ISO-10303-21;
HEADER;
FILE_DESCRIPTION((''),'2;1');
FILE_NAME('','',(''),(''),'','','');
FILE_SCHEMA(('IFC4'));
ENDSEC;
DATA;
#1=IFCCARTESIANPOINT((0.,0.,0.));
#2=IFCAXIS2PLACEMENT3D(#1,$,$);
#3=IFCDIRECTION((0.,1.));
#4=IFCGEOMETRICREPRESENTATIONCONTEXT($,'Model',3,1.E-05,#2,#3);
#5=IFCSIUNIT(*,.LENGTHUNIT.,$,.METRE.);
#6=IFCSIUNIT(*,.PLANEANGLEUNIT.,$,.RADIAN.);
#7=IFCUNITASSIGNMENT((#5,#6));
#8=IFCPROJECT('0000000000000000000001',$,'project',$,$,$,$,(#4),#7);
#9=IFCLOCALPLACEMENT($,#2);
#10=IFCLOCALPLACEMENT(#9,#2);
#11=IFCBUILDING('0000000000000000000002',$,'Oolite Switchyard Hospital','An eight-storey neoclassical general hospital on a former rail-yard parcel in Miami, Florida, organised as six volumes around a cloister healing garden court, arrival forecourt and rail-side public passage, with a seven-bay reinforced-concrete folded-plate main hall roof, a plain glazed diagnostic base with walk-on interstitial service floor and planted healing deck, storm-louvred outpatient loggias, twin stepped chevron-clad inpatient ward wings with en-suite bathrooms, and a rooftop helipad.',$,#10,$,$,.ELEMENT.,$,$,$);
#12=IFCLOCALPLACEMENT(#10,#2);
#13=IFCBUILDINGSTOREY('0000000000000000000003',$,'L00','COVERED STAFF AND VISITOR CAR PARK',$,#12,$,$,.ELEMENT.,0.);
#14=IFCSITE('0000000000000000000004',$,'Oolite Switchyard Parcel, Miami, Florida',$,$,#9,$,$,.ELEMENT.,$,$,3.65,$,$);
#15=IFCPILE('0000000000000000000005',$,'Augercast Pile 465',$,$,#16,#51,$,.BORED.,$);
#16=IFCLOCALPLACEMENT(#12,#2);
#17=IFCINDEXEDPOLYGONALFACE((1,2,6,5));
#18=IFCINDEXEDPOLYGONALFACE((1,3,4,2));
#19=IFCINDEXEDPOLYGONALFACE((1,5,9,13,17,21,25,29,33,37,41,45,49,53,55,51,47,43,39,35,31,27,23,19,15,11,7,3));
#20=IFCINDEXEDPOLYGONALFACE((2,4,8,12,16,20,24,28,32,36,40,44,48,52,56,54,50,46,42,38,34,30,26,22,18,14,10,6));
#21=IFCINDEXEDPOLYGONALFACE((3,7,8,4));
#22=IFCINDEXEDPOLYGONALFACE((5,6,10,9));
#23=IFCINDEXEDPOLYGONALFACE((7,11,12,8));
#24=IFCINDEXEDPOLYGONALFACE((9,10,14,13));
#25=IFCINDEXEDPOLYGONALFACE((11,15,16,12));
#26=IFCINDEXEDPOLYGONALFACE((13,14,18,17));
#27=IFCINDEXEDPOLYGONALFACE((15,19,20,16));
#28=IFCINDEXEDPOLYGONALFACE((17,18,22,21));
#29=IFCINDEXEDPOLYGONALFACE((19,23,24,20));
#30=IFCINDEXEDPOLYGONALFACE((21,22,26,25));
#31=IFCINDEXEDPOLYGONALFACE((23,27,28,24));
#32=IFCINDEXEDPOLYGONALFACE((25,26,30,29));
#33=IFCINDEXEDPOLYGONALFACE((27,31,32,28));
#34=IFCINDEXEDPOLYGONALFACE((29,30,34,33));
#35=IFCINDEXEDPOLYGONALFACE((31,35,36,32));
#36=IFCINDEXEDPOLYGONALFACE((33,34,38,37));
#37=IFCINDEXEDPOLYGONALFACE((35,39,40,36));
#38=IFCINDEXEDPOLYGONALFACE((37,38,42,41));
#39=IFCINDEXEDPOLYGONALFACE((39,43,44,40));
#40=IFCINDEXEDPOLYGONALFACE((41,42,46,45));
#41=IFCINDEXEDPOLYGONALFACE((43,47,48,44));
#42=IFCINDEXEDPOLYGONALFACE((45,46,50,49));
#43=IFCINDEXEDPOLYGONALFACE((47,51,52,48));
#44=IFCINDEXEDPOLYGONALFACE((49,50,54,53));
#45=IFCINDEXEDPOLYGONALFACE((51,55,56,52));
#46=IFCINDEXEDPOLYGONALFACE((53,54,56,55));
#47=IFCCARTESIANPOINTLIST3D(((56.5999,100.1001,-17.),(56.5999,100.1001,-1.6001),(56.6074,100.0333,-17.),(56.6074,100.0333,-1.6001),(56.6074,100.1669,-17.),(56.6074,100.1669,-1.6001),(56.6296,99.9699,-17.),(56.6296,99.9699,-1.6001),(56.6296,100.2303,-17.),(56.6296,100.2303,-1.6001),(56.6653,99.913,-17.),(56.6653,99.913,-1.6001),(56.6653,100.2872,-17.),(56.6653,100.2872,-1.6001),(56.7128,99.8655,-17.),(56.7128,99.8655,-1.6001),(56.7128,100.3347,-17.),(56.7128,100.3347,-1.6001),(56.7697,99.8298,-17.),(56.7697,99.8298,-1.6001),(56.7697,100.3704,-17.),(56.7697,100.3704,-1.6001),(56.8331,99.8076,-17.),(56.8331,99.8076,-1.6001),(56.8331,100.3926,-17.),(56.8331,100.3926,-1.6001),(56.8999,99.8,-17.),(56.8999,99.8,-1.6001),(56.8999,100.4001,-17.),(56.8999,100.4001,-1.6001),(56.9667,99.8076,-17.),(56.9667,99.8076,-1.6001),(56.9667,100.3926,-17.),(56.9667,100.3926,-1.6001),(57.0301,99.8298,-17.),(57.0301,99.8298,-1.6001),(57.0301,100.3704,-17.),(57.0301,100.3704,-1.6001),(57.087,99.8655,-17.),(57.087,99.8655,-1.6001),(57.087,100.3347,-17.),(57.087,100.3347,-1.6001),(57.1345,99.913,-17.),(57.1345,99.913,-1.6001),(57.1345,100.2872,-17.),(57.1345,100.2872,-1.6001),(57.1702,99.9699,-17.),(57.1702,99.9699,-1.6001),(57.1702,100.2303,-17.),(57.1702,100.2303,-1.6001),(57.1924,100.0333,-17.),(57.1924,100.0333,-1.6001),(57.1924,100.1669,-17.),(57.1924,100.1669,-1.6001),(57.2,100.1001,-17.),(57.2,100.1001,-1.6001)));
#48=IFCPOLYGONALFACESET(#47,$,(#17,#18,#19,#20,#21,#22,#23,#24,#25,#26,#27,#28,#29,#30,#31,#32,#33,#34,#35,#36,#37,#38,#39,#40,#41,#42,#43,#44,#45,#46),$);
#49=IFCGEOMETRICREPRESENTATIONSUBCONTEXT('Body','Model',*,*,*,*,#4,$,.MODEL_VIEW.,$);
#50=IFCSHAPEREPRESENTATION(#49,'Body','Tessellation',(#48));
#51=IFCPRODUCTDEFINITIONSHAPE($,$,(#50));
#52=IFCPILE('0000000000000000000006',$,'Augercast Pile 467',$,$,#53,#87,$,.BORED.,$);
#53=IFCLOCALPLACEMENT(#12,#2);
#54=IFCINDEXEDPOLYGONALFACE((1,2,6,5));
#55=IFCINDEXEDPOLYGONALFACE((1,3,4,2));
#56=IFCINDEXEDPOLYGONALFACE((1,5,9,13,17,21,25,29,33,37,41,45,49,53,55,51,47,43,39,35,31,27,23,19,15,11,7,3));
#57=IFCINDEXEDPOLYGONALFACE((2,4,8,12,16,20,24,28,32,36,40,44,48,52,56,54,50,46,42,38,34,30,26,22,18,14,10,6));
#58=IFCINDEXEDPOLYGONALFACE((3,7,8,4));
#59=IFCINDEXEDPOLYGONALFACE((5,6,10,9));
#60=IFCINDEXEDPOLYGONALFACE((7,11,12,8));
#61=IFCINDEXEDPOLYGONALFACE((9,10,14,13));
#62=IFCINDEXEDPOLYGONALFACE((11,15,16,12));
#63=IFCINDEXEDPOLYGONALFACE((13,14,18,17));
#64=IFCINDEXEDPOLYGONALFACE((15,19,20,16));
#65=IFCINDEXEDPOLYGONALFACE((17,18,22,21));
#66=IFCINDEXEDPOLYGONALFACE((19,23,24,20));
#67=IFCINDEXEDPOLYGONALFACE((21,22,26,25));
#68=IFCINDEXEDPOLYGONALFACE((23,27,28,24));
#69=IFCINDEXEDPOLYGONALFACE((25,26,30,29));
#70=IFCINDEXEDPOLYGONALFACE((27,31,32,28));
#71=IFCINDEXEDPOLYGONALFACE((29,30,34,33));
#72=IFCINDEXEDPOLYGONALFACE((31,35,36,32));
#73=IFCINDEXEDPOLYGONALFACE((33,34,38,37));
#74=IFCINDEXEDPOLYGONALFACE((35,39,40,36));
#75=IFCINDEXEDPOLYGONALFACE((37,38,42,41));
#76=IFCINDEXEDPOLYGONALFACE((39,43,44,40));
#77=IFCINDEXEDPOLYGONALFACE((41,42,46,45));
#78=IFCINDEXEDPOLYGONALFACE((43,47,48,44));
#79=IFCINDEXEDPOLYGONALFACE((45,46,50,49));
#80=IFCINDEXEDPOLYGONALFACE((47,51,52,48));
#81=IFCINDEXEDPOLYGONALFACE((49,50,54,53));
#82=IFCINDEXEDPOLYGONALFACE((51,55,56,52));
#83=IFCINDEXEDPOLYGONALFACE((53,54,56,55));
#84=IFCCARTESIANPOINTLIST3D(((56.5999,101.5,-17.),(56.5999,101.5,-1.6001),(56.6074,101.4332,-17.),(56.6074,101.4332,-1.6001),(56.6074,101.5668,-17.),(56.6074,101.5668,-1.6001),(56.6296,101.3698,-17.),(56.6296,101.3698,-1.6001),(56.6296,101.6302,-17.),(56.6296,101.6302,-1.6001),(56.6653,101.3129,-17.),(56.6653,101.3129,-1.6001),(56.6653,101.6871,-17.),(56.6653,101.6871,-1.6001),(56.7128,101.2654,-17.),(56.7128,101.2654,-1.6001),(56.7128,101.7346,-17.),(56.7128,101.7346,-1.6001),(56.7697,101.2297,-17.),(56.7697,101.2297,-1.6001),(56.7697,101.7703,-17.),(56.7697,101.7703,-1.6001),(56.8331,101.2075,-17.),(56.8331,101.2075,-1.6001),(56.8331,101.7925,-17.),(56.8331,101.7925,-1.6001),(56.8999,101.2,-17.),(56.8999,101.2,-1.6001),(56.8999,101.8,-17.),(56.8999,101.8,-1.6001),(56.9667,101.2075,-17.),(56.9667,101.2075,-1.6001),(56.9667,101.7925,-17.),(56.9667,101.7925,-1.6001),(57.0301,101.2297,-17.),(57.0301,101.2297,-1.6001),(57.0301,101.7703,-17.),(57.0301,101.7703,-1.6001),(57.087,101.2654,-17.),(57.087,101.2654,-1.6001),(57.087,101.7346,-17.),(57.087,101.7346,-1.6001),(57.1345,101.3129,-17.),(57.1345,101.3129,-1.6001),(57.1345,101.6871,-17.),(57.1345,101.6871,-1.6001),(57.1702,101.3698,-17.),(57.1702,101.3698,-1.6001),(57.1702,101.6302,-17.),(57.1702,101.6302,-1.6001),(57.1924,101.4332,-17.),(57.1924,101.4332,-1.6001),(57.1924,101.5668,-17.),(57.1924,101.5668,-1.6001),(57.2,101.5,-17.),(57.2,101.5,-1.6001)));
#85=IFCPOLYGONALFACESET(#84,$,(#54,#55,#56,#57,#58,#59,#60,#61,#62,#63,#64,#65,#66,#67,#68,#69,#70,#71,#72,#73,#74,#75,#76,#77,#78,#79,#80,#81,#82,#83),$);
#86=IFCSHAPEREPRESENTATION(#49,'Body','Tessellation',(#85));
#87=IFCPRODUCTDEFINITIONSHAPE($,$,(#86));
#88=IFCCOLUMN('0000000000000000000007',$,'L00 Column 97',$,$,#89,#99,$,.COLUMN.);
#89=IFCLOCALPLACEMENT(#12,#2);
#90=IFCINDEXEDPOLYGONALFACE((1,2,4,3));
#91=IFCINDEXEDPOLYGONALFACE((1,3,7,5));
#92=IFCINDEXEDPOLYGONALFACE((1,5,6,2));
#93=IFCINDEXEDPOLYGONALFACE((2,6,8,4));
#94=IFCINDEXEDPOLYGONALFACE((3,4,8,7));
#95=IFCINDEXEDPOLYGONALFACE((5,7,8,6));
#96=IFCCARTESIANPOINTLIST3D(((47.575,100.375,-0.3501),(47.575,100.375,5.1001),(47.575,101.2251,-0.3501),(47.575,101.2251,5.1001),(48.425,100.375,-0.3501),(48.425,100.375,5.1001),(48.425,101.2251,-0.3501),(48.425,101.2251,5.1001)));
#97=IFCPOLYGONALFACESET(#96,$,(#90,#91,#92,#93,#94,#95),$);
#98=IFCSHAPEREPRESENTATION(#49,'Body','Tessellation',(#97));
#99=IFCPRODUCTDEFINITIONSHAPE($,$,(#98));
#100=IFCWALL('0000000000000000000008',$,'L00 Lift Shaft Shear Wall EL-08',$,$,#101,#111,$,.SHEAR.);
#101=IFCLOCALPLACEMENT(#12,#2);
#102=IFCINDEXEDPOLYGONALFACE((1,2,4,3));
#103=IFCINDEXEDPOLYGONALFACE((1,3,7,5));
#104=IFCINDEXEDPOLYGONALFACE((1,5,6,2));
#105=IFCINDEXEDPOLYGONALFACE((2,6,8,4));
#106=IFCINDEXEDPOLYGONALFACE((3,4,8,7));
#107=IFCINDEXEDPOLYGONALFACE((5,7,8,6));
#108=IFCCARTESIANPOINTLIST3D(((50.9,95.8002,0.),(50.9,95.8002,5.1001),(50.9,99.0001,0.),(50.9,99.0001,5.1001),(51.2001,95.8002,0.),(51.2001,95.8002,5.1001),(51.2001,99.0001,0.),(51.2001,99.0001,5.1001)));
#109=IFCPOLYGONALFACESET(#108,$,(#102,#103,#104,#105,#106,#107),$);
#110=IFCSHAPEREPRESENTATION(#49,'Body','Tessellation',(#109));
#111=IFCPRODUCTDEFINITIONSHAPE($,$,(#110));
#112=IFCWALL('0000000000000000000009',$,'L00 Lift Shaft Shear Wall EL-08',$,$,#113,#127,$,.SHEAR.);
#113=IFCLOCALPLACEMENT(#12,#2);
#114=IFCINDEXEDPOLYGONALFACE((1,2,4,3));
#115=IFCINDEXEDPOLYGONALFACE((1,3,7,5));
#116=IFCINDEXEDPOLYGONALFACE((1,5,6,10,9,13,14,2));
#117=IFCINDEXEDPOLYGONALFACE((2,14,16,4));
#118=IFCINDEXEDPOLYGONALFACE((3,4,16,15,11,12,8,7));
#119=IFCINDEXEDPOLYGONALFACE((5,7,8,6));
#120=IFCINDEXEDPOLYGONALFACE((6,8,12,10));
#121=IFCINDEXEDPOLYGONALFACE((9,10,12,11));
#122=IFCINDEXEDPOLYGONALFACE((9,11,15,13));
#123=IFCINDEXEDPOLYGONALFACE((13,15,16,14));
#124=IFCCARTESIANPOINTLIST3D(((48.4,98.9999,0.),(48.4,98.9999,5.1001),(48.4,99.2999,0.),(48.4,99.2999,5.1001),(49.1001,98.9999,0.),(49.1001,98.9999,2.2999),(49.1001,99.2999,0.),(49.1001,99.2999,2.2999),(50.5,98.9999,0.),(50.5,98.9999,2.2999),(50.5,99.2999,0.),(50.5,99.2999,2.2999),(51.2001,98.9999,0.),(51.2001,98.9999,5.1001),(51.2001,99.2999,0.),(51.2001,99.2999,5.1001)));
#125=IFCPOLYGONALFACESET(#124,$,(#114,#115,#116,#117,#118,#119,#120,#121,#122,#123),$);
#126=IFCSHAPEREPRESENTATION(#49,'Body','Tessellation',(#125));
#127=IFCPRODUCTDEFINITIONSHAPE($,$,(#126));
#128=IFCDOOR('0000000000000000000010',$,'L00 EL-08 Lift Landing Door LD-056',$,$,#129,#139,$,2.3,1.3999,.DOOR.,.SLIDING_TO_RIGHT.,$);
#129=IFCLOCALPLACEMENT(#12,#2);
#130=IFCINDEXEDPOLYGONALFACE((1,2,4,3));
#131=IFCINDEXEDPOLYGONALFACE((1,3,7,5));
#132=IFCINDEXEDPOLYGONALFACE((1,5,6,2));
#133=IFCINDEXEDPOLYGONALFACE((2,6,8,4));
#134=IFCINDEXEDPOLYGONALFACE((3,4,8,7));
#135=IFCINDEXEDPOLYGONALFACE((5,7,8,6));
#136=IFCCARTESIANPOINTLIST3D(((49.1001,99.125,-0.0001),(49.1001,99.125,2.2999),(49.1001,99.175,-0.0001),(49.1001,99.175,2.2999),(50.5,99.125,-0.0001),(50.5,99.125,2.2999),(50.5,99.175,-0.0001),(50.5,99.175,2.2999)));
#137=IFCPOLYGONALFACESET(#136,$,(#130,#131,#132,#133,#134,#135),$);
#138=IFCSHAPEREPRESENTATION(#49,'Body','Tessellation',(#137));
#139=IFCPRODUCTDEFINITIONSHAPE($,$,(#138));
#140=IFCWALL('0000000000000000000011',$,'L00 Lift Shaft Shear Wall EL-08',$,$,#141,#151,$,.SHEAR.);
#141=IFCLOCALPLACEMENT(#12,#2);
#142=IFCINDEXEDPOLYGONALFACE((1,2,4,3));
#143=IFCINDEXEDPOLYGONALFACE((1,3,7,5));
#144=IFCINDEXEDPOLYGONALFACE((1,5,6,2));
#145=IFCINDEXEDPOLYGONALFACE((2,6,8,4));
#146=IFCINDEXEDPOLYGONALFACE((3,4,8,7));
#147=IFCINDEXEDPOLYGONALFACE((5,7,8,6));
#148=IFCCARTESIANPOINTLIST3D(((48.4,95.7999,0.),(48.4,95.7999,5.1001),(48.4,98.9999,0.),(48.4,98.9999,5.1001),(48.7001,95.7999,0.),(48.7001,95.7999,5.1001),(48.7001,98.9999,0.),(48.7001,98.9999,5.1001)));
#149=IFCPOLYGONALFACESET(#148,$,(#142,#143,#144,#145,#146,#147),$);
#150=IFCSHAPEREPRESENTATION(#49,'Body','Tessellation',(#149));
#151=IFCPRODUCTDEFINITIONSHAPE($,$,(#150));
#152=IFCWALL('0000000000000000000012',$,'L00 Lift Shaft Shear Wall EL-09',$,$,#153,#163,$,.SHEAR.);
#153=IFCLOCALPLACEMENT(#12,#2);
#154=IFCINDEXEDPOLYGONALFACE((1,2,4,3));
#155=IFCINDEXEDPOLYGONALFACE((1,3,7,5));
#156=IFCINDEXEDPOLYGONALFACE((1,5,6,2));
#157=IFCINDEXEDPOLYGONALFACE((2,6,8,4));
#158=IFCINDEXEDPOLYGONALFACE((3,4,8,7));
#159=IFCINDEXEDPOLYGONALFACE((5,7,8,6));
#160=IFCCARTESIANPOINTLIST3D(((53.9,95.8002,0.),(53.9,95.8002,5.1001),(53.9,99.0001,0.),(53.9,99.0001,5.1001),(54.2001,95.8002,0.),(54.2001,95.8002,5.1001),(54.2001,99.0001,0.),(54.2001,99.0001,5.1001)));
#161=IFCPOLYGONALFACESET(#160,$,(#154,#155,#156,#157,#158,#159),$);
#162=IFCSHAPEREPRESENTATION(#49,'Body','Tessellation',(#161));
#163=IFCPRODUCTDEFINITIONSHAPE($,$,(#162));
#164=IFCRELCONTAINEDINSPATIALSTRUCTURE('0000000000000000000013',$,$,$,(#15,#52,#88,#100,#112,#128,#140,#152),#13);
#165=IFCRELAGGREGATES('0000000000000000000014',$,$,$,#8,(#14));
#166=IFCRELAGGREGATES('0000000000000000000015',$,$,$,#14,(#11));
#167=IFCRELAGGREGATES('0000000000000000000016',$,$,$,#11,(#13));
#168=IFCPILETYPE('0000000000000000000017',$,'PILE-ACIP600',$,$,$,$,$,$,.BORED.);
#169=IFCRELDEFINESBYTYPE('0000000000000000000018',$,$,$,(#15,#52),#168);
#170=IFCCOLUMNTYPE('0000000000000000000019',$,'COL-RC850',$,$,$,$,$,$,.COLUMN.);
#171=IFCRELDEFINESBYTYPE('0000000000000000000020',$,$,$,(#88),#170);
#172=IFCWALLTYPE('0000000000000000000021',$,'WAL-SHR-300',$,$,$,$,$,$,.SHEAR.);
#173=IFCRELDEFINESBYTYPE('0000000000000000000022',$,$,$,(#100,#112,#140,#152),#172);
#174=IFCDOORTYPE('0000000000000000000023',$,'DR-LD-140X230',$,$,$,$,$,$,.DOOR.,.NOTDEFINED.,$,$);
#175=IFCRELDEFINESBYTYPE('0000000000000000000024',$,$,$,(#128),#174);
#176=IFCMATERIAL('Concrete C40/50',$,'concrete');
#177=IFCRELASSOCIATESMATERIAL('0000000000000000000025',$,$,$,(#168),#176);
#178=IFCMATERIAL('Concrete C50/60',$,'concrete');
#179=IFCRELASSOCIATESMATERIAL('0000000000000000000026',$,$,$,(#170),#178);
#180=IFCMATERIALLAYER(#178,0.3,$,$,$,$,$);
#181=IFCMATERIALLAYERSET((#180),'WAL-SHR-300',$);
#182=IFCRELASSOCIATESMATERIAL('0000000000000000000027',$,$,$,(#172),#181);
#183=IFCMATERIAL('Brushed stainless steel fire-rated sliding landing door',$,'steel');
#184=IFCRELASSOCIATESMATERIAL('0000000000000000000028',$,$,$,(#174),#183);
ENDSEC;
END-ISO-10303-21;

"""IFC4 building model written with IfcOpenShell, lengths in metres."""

from ifc_helpers import new_model, si_unit, direction, frame, frame_2d, origin, origin_2d, place, context, subcontext, project, spatial, rectangle, circle, extrude, material, layer, layer_set, material_profile, profile_set, type_object, element, fill, save


model = new_model("IFC4")

# Units and contexts
model_context = context("Model", 3, precision=1e-05, world=origin(), true_north=direction((0.0, 1.0)))
body_context = subcontext(model_context, "Body", "Model", "MODEL_VIEW")
ifc_project = project(units=[si_unit("LENGTHUNIT", "METRE"), si_unit("PLANEANGLEUNIT", "RADIAN")], contexts=[model_context])

# Site, building, storey
site_placement = place(None, origin())
site = spatial("IfcSite", under=ifc_project, at=site_placement, Name="Oolite Switchyard Parcel, Miami, Florida", CompositionType="ELEMENT", RefElevation=3.65)
building_placement = place(site_placement, origin())
building = spatial("IfcBuilding", under=site, at=building_placement, Name="Oolite Switchyard Hospital", Description="An eight-storey neoclassical general hospital on a former rail-yard parcel in Miami, Florida, organised as six volumes around a cloister healing garden court, arrival forecourt and rail-side public passage, with a seven-bay reinforced-concrete folded-plate main hall roof, a plain glazed diagnostic base with walk-on interstitial service floor and planted healing deck, storm-louvred outpatient loggias, twin stepped chevron-clad inpatient ward wings with en-suite bathrooms, and a rooftop helipad.", CompositionType="ELEMENT")
storey_placement = place(building_placement, origin())
storey = spatial("IfcBuildingStorey", under=building, at=storey_placement, Name="L00", Description="COVERED STAFF AND VISITOR CAR PARK", CompositionType="ELEMENT", Elevation=0.0)

# Shared definitions
ifc_material_1 = material(Name="Concrete C40/50", Category="concrete")

# Piles
ifc_material_profile_1 = material_profile(ifc_material_1, circle(Radius=0.3, at=origin_2d()), Name="PILE600")
ifc_profile_set_1 = profile_set([ifc_material_profile_1], Name="Concrete C40/50")
pile_type = type_object("IfcPileType", Name="PILE-ACIP600", PredefinedType="BORED", material=ifc_profile_set_1)
for number, where, z_axis, x_axis, name in (
    (1, (56.8999, 100.1001, -1.6001), (0.0, 0.0, -1.0), (1.0, 0.0, 0.0), "Augercast Pile 465"),
    (2, (56.8999, 101.5, -1.6001), (0.0, 0.0, -1.0), (1.0, 0.0, 0.0), "Augercast Pile 467"),
):
    element("IfcPile", number, at=place(storey_placement, frame(where, z_axis=z_axis, x_axis=x_axis)), inside=storey, type_object=pile_type, Name=name, PredefinedType="BORED", context=body_context, shape_type="SweptSolid", body=[
        extrude(circle(Radius=0.3, at=origin_2d()), origin(), (0.0, 0.0, 1.0), 15.3999),
    ])

# Column
ifc_material_2 = material(Name="Concrete C50/60", Category="concrete")
ifc_material_profile_2 = material_profile(ifc_material_2, rectangle(XDim=0.8501, YDim=0.8501, at=origin_2d()), Name="RC850X850")
ifc_profile_set_2 = profile_set([ifc_material_profile_2], Name="Concrete C50/60")
column_type = type_object("IfcColumnType", Name="COL-RC850", PredefinedType="COLUMN", material=ifc_profile_set_2)
column_placement = place(storey_placement, frame((48.0, 100.8, -0.3501), z_axis=(0.0, 0.0, 1.0), x_axis=(1.0, 0.0, 0.0)))
element("IfcColumn", 3, at=column_placement, inside=storey, type_object=column_type, Name="L00 Column 97", PredefinedType="COLUMN", context=body_context, shape_type="SweptSolid", body=[
    extrude(rectangle(XDim=0.8501, YDim=0.8501, at=origin_2d()), origin(), (0.0, 0.0, 1.0), 5.4502),
])

# Wall
ifc_layer_1 = layer(ifc_material_2, 0.3)
ifc_layer_set_1 = layer_set([ifc_layer_1], Name="WAL-SHR-300")
wall_type_1 = type_object("IfcWallType", Name="WAL-SHR-300", PredefinedType="SHEAR", material=ifc_layer_set_1)
wall_1_placement = place(storey_placement, frame((51.05, 95.8, 0.0), z_axis=(0.0, 0.0, 1.0), x_axis=(0.0, 1.0, 0.0)))
element("IfcWall", 4, at=wall_1_placement, inside=storey, type_object=wall_type_1, Name="L00 Lift Shaft Shear Wall EL-08", PredefinedType="SHEAR", context=body_context, shape_type="SweptSolid", body=[
    extrude(rectangle(XDim=3.2, YDim=0.3, at=frame_2d((1.6001, 0.0))), origin(), (0.0, 0.0, 1.0), 5.1001),
])

# Wall, opening, door
wall_2_placement = place(storey_placement, frame((51.2, 99.1499, 0.0), z_axis=(0.0, 0.0, 1.0), x_axis=(-1.0, 0.0, 0.0)))
wall_2 = element("IfcWall", 5, at=wall_2_placement, inside=storey, type_object=wall_type_1, Name="L00 Lift Shaft Shear Wall EL-08", PredefinedType="SHEAR", context=body_context, shape_type="SweptSolid", body=[
    extrude(rectangle(XDim=2.8, YDim=0.3, at=frame_2d((1.3999, 0.0))), origin(), (0.0, 0.0, 1.0), 5.1001),
])
opening_1_placement = place(wall_2_placement, frame((0.7, 0.0, 0.0)))
opening_1 = element("IfcOpeningElement", 6, at=opening_1_placement, cuts=wall_2, PredefinedType="OPENING", context=body_context, shape_type="SweptSolid", body=[
    extrude(rectangle(XDim=1.3999, YDim=2.3, at=frame_2d((0.7, 1.1499))), frame((0.0, 0.1602, 0.0), z_axis=(0.0, -1.0, 0.0), x_axis=(1.0, 0.0, 0.0)), (0.0, 0.0, 1.0), 0.3201),
])
ifc_material_3 = material(Name="Brushed stainless steel fire-rated sliding landing door", Category="steel")
door_type_1 = type_object("IfcDoorType", Name="DR-LD-140X230", OperationType="NOTDEFINED", PredefinedType="DOOR", material=ifc_material_3)
door_1_placement = place(opening_1_placement, origin())
door_1 = element("IfcDoor", 7, at=door_1_placement, inside=storey, type_object=door_type_1, Name="L00 EL-08 Lift Landing Door LD-056", OperationType="SLIDING_TO_RIGHT", OverallHeight=2.3, OverallWidth=1.3999, PredefinedType="DOOR", context=body_context, shape_type="SweptSolid", body=[
    extrude(rectangle(XDim=1.3999, YDim=2.3, at=frame_2d((0.7, 1.1499))), frame((0.0, 0.0249, 0.0), z_axis=(0.0, -1.0, 0.0), x_axis=(1.0, 0.0, 0.0)), (0.0, 0.0, 1.0), 0.05),
])
fill(opening_1, door_1)

# Walls
for number, where, z_axis, x_axis, name in (
    (8, (48.55, 99.0, 0.0), (0.0, 0.0, 1.0), (0.0, -1.0, 0.0), "L00 Lift Shaft Shear Wall EL-08"),
    (9, (54.05, 95.8, 0.0), (0.0, 0.0, 1.0), (0.0, 1.0, 0.0), "L00 Lift Shaft Shear Wall EL-09"),
):
    element("IfcWall", number, at=place(storey_placement, frame(where, z_axis=z_axis, x_axis=x_axis)), inside=storey, type_object=wall_type_1, Name=name, PredefinedType="SHEAR", context=body_context, shape_type="SweptSolid", body=[
        extrude(rectangle(XDim=3.2, YDim=0.3, at=frame_2d((1.6001, 0.0))), origin(), (0.0, 0.0, 1.0), 5.1001),
    ])

save(model, "model.ifc")
